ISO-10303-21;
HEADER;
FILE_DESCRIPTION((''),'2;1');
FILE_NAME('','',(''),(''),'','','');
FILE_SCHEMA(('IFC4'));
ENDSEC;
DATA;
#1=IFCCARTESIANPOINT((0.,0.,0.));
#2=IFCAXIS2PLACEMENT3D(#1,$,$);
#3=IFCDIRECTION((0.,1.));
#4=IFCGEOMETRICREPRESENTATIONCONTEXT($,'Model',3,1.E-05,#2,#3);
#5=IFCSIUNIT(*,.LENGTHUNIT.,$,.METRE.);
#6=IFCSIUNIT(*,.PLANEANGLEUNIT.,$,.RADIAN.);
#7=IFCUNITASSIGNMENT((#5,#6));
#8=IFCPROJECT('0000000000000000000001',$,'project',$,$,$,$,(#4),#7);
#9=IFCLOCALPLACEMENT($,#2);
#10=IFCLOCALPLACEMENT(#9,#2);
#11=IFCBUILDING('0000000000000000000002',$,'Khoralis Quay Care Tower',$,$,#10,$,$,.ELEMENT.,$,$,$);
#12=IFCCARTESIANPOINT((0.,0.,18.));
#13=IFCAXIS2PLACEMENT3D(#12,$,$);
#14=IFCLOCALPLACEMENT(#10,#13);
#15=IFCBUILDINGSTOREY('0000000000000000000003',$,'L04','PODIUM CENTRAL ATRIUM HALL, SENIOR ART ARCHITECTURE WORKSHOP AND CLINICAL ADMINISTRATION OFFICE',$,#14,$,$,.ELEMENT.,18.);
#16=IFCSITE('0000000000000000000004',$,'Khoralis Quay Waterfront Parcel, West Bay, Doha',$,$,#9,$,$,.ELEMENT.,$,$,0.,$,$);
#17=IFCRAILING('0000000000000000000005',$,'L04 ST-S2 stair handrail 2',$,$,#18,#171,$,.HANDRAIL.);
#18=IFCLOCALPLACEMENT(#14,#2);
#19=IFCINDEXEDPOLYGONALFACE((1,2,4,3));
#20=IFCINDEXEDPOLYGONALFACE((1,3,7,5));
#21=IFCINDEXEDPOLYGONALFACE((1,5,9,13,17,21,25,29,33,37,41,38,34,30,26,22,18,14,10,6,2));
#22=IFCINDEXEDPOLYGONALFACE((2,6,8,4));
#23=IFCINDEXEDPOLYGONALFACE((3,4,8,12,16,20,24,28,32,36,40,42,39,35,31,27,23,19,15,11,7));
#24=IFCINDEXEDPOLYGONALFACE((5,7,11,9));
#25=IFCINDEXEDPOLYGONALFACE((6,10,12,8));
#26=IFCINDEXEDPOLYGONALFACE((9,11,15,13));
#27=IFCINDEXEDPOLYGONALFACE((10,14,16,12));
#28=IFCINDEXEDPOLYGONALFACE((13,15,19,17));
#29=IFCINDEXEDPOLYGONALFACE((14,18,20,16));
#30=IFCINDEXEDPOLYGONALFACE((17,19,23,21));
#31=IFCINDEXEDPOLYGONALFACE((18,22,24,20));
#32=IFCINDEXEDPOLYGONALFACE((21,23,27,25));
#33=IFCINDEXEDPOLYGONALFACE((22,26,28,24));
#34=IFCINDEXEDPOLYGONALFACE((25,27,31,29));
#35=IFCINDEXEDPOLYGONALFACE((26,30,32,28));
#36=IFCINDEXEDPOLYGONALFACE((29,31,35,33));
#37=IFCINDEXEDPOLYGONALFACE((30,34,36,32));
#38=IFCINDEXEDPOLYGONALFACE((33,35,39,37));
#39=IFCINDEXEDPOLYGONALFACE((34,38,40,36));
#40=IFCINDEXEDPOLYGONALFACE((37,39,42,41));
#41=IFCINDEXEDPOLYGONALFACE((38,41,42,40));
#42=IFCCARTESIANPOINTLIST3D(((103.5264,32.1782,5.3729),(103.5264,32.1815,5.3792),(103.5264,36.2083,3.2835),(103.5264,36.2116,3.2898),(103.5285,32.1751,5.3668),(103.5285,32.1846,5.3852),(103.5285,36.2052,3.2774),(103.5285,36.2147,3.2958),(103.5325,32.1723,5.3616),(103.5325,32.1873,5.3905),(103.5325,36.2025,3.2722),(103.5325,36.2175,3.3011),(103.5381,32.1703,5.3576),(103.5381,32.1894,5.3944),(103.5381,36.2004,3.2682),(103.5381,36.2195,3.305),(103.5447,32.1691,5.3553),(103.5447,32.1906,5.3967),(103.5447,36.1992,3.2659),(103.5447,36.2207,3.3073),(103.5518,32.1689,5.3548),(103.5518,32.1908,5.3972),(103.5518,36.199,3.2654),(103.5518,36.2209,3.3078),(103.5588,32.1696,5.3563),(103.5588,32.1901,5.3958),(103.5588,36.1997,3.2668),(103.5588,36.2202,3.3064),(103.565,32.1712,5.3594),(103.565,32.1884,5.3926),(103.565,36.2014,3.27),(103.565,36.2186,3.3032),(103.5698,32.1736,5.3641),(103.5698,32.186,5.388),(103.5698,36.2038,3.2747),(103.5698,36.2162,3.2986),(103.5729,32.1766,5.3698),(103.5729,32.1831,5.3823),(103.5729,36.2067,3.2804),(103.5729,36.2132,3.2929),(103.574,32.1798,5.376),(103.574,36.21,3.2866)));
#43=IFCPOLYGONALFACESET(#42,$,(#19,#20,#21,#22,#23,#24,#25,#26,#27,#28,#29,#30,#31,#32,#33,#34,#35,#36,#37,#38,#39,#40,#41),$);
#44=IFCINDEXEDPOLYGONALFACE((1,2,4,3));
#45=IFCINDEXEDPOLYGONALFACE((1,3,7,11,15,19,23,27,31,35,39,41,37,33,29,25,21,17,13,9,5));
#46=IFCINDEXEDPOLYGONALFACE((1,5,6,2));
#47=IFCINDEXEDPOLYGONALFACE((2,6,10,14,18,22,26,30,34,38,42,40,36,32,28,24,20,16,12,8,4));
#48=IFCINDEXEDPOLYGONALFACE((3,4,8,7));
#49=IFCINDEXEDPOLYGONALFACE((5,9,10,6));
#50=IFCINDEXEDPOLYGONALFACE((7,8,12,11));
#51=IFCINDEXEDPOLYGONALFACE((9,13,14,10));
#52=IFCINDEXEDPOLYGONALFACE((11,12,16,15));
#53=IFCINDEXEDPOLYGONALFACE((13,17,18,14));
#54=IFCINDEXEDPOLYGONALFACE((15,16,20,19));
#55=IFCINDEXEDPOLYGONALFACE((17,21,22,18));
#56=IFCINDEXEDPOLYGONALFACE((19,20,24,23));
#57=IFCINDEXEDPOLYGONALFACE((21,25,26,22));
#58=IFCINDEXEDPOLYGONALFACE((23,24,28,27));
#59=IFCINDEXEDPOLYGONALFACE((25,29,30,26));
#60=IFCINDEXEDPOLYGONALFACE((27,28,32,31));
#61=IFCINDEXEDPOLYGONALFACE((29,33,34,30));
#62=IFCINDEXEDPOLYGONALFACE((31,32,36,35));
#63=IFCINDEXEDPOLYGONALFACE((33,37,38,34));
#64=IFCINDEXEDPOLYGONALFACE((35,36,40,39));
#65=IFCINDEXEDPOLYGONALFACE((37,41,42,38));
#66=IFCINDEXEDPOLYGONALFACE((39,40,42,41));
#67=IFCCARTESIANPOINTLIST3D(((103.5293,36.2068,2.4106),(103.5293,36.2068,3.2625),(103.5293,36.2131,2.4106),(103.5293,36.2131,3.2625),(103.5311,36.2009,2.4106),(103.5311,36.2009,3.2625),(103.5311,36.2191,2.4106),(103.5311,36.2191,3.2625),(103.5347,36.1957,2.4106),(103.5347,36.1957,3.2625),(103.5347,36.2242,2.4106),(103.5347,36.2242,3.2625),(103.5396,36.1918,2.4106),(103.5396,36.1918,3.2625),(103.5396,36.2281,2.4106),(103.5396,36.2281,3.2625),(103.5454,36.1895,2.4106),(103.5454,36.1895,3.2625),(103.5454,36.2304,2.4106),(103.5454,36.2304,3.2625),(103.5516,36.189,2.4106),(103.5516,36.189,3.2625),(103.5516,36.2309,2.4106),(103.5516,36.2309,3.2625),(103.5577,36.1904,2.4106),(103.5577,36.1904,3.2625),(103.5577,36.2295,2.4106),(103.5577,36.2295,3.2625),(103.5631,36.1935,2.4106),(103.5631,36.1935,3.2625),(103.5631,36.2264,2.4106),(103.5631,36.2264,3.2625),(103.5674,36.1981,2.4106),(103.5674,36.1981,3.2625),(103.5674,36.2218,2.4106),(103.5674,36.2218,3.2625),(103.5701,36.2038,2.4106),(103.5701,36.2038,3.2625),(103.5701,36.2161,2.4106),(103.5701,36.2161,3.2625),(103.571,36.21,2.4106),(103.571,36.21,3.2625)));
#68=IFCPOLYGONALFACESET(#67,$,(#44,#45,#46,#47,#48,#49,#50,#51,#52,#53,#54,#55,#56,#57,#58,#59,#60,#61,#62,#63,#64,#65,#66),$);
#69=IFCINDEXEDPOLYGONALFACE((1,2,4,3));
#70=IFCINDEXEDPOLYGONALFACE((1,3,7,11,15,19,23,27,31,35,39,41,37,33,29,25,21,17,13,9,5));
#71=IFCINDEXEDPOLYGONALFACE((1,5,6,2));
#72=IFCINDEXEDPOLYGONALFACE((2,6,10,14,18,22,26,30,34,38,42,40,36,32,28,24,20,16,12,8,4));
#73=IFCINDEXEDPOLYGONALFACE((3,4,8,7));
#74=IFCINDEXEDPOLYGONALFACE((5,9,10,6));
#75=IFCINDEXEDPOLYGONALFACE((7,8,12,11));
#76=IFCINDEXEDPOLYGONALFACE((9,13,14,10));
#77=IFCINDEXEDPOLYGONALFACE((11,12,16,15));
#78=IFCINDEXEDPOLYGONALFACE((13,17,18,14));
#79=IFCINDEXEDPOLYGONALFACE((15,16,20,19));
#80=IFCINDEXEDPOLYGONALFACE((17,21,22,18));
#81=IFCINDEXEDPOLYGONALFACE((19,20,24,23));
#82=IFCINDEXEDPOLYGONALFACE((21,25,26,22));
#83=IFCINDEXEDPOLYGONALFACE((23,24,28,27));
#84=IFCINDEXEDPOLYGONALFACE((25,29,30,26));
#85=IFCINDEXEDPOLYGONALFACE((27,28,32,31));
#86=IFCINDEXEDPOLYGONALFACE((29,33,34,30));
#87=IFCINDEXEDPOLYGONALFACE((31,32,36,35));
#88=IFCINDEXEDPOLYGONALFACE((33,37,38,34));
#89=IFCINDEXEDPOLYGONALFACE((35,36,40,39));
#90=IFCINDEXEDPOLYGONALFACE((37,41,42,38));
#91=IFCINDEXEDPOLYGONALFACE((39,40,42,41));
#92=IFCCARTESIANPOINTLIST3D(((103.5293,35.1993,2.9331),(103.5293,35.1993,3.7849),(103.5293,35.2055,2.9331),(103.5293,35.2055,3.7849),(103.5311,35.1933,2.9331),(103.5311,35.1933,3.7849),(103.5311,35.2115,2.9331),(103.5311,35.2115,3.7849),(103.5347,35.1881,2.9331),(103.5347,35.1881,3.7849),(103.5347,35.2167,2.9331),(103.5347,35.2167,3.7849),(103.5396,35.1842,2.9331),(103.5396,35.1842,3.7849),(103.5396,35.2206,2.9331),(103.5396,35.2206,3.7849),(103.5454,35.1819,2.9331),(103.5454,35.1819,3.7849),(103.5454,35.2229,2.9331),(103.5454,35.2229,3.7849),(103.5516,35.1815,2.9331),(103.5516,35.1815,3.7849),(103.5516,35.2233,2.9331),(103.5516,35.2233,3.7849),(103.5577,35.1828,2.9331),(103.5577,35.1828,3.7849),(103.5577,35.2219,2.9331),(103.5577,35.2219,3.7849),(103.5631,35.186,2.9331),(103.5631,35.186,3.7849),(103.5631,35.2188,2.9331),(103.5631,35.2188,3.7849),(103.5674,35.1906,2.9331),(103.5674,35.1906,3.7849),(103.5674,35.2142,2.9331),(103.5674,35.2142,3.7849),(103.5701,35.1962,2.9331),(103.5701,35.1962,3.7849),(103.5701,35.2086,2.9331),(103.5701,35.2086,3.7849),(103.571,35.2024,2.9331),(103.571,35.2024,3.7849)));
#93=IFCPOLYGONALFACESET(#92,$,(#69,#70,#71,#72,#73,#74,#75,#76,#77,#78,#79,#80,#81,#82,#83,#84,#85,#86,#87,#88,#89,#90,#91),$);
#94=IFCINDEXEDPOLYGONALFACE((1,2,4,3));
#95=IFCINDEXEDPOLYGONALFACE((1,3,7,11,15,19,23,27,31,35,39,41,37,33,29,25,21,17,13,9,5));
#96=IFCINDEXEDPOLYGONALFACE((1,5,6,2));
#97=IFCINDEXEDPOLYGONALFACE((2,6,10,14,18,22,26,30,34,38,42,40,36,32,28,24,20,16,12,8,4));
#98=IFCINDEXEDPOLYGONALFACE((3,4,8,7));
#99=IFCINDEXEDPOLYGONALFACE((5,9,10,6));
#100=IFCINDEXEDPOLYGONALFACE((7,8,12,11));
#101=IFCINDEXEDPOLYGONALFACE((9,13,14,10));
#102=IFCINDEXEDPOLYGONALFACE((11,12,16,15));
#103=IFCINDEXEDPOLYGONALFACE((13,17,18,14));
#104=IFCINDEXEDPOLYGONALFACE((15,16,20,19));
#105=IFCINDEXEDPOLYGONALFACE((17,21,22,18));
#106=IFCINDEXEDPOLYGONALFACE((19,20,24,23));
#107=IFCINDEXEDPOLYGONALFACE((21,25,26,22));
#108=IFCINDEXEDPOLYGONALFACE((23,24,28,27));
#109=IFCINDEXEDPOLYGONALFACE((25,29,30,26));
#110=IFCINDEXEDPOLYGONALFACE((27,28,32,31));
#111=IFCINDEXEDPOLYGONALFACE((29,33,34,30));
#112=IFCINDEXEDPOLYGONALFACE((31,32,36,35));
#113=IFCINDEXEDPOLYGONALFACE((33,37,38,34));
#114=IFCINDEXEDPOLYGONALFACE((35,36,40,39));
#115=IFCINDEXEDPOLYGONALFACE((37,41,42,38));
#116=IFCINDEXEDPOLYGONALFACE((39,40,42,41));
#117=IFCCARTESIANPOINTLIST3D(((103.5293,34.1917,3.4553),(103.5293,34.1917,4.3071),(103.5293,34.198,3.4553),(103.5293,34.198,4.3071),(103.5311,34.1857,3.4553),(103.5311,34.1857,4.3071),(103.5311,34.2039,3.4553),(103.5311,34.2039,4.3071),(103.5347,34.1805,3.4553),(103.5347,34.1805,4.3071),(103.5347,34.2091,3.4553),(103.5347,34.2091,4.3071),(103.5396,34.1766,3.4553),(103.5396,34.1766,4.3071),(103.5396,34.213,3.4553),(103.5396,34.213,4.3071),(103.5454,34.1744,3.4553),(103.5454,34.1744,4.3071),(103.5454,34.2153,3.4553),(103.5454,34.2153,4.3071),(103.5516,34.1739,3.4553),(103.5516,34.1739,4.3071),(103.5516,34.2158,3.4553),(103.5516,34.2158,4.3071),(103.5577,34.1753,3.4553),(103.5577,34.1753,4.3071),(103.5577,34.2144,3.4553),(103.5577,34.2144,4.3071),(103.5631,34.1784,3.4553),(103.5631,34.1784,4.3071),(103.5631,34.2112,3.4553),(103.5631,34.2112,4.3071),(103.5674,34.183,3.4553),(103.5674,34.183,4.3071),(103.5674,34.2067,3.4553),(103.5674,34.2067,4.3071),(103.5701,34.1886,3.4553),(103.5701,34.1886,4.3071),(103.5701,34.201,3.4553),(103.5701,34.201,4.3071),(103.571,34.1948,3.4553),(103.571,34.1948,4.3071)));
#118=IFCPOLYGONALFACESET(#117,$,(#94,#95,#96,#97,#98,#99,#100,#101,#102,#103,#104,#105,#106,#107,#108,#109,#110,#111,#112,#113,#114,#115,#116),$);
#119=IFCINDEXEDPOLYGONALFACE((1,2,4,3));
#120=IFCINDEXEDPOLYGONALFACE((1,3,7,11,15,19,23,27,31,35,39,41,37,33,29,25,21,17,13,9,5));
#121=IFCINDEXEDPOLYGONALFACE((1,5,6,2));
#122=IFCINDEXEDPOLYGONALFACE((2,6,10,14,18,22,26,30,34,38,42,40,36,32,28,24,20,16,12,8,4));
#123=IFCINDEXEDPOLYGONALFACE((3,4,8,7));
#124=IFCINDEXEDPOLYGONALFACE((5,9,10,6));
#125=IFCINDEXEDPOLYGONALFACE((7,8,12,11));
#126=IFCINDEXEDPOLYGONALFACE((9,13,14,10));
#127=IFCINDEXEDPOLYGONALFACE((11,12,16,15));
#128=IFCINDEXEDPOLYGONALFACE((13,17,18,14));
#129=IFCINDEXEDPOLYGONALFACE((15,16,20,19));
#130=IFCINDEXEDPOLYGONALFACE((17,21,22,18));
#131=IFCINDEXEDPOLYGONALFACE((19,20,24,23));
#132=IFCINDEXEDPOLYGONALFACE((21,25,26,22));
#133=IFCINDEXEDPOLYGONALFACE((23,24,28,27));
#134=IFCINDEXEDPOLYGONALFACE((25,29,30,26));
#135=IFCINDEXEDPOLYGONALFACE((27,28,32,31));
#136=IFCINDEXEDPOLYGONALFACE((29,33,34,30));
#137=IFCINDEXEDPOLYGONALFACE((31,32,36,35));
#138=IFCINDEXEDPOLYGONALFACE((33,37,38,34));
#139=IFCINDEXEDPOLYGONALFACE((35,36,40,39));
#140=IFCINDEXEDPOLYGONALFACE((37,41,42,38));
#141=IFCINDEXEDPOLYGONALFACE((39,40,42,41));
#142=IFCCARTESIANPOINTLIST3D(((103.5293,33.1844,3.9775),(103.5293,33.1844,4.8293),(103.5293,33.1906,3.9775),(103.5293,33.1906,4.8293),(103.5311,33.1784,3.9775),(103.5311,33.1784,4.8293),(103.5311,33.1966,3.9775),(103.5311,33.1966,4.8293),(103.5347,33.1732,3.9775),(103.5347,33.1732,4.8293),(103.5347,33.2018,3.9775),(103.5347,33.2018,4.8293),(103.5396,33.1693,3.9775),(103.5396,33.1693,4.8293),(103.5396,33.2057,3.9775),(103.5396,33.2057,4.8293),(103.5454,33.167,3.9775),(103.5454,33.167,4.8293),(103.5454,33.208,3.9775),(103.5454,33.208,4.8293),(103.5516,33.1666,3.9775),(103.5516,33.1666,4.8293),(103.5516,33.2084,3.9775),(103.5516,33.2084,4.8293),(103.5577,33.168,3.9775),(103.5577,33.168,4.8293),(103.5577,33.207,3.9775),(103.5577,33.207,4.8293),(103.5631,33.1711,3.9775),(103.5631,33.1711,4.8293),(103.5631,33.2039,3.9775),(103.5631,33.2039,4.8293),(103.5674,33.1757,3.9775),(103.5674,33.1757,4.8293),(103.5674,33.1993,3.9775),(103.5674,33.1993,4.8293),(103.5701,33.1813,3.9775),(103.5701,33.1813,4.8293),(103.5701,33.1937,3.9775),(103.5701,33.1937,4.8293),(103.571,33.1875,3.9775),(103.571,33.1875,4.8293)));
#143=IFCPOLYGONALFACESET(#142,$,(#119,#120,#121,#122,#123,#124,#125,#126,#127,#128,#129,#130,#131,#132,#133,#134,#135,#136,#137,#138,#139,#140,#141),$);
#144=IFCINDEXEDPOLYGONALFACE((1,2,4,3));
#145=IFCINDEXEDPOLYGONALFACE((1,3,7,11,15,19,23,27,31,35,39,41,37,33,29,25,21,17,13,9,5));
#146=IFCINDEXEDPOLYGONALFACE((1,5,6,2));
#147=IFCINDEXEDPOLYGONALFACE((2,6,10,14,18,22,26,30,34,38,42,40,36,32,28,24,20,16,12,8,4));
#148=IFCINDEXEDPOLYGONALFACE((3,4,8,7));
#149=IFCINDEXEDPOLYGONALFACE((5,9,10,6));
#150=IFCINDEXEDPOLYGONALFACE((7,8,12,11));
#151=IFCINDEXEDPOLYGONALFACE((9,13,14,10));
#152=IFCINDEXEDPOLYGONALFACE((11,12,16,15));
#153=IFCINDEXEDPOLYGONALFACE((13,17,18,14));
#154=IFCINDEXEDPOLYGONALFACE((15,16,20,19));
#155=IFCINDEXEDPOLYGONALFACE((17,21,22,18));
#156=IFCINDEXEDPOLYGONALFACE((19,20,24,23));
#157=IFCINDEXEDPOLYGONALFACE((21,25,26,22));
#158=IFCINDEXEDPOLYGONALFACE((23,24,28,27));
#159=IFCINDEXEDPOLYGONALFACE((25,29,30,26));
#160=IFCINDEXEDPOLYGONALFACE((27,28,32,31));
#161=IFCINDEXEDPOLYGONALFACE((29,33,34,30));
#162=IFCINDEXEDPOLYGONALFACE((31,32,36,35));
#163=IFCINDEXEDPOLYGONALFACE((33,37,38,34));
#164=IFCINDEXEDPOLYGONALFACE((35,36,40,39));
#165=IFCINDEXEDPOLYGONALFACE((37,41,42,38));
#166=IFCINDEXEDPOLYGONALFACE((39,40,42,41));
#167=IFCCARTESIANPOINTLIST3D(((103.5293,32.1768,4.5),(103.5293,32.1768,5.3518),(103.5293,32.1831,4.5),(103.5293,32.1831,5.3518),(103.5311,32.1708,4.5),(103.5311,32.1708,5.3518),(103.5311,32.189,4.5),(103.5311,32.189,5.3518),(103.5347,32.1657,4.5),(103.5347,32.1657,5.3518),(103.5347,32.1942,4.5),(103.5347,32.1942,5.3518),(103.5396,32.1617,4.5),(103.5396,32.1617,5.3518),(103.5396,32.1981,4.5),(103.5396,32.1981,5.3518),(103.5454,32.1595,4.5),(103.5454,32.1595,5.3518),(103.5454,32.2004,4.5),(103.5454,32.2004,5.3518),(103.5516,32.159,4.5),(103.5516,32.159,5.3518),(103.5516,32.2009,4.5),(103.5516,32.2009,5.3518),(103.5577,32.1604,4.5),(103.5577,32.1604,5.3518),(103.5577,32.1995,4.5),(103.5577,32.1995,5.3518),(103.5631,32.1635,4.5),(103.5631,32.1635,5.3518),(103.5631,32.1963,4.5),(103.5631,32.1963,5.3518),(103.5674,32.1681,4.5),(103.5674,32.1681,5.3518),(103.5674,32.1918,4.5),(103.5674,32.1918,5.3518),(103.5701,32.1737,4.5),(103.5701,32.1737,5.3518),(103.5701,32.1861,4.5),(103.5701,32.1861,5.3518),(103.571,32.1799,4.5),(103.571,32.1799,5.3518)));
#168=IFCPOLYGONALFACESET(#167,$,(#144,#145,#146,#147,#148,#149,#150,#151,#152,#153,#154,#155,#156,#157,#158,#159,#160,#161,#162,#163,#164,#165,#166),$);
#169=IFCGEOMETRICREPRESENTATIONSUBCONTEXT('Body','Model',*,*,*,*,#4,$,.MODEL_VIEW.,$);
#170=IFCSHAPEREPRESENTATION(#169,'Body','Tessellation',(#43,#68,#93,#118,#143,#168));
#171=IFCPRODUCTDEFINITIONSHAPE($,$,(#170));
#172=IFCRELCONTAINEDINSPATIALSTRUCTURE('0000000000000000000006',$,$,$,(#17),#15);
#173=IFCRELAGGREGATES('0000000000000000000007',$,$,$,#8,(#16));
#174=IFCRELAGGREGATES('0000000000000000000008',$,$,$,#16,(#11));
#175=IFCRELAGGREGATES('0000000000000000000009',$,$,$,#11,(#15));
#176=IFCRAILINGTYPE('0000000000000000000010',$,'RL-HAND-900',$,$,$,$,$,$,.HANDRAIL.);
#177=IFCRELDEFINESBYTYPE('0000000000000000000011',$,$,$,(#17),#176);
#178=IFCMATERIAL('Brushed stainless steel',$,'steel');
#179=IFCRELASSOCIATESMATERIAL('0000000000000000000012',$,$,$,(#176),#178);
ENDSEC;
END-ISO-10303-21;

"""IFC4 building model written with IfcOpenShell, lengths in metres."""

from ifc_helpers import new_model, si_unit, direction, frame, origin, origin_2d, place, context, subcontext, project, spatial, circle, extrude, material, type_object, element, save


model = new_model("IFC4")

# Units and contexts
model_context = context("Model", 3, precision=1e-05, world=origin(), true_north=direction((0.0, 1.0)))
body_context = subcontext(model_context, "Body", "Model", "MODEL_VIEW")
ifc_project = project(units=[si_unit("LENGTHUNIT", "METRE"), si_unit("PLANEANGLEUNIT", "RADIAN")], contexts=[model_context])

# Site, building, storey
site_placement = place(None, origin())
site = spatial("IfcSite", under=ifc_project, at=site_placement, Name="Khoralis Quay Waterfront Parcel, West Bay, Doha", CompositionType="ELEMENT", RefElevation=0.0)
building_placement = place(site_placement, origin())
building = spatial("IfcBuilding", under=site, at=building_placement, Name="Khoralis Quay Care Tower", CompositionType="ELEMENT")
storey_placement = place(building_placement, frame((0.0, 0.0, 18.0)))
storey = spatial("IfcBuildingStorey", under=building, at=storey_placement, Name="L04", Description="PODIUM CENTRAL ATRIUM HALL, SENIOR ART ARCHITECTURE WORKSHOP AND CLINICAL ADMINISTRATION OFFICE", CompositionType="ELEMENT", Elevation=18.0)

# Railing
ifc_material_1 = material(Name="Brushed stainless steel", Category="steel")
railing_type_1 = type_object("IfcRailingType", Name="RL-HAND-900", PredefinedType="HANDRAIL", material=ifc_material_1)
railing_1_placement = place(storey_placement, frame((103.55, 36.21, 2.4106)))
element("IfcRailing", 1, at=railing_1_placement, inside=storey, type_object=railing_type_1, Name="L04 ST-S2 stair handrail 2", PredefinedType="HANDRAIL", context=body_context, shape_type="SweptSolid", body=[
    extrude(circle(Radius=0.0239, at=origin_2d()), frame((0.0, 0.0, 0.876), z_axis=(0.0, -0.887781, 0.460267), x_axis=(1.0, 0.0, 0.0)), (0.0, 0.0, 1.0), 4.5396),
    extrude(circle(Radius=0.021, at=origin_2d()), origin(), (0.0, 0.0, 1.0), 0.8518),
    extrude(circle(Radius=0.021, at=origin_2d()), frame((0.0, -1.0076, 0.5225)), (0.0, 0.0, 1.0), 0.8518),
    extrude(circle(Radius=0.021, at=origin_2d()), frame((0.0, -2.0151, 1.0447)), (0.0, 0.0, 1.0), 0.8518),
    extrude(circle(Radius=0.021, at=origin_2d()), frame((0.0, -3.0225, 1.5669)), (0.0, 0.0, 1.0), 0.8518),
    extrude(circle(Radius=0.021, at=origin_2d()), frame((0.0, -4.03, 2.0894)), (0.0, 0.0, 1.0), 0.8518),
])

save(model, "model.ifc")
